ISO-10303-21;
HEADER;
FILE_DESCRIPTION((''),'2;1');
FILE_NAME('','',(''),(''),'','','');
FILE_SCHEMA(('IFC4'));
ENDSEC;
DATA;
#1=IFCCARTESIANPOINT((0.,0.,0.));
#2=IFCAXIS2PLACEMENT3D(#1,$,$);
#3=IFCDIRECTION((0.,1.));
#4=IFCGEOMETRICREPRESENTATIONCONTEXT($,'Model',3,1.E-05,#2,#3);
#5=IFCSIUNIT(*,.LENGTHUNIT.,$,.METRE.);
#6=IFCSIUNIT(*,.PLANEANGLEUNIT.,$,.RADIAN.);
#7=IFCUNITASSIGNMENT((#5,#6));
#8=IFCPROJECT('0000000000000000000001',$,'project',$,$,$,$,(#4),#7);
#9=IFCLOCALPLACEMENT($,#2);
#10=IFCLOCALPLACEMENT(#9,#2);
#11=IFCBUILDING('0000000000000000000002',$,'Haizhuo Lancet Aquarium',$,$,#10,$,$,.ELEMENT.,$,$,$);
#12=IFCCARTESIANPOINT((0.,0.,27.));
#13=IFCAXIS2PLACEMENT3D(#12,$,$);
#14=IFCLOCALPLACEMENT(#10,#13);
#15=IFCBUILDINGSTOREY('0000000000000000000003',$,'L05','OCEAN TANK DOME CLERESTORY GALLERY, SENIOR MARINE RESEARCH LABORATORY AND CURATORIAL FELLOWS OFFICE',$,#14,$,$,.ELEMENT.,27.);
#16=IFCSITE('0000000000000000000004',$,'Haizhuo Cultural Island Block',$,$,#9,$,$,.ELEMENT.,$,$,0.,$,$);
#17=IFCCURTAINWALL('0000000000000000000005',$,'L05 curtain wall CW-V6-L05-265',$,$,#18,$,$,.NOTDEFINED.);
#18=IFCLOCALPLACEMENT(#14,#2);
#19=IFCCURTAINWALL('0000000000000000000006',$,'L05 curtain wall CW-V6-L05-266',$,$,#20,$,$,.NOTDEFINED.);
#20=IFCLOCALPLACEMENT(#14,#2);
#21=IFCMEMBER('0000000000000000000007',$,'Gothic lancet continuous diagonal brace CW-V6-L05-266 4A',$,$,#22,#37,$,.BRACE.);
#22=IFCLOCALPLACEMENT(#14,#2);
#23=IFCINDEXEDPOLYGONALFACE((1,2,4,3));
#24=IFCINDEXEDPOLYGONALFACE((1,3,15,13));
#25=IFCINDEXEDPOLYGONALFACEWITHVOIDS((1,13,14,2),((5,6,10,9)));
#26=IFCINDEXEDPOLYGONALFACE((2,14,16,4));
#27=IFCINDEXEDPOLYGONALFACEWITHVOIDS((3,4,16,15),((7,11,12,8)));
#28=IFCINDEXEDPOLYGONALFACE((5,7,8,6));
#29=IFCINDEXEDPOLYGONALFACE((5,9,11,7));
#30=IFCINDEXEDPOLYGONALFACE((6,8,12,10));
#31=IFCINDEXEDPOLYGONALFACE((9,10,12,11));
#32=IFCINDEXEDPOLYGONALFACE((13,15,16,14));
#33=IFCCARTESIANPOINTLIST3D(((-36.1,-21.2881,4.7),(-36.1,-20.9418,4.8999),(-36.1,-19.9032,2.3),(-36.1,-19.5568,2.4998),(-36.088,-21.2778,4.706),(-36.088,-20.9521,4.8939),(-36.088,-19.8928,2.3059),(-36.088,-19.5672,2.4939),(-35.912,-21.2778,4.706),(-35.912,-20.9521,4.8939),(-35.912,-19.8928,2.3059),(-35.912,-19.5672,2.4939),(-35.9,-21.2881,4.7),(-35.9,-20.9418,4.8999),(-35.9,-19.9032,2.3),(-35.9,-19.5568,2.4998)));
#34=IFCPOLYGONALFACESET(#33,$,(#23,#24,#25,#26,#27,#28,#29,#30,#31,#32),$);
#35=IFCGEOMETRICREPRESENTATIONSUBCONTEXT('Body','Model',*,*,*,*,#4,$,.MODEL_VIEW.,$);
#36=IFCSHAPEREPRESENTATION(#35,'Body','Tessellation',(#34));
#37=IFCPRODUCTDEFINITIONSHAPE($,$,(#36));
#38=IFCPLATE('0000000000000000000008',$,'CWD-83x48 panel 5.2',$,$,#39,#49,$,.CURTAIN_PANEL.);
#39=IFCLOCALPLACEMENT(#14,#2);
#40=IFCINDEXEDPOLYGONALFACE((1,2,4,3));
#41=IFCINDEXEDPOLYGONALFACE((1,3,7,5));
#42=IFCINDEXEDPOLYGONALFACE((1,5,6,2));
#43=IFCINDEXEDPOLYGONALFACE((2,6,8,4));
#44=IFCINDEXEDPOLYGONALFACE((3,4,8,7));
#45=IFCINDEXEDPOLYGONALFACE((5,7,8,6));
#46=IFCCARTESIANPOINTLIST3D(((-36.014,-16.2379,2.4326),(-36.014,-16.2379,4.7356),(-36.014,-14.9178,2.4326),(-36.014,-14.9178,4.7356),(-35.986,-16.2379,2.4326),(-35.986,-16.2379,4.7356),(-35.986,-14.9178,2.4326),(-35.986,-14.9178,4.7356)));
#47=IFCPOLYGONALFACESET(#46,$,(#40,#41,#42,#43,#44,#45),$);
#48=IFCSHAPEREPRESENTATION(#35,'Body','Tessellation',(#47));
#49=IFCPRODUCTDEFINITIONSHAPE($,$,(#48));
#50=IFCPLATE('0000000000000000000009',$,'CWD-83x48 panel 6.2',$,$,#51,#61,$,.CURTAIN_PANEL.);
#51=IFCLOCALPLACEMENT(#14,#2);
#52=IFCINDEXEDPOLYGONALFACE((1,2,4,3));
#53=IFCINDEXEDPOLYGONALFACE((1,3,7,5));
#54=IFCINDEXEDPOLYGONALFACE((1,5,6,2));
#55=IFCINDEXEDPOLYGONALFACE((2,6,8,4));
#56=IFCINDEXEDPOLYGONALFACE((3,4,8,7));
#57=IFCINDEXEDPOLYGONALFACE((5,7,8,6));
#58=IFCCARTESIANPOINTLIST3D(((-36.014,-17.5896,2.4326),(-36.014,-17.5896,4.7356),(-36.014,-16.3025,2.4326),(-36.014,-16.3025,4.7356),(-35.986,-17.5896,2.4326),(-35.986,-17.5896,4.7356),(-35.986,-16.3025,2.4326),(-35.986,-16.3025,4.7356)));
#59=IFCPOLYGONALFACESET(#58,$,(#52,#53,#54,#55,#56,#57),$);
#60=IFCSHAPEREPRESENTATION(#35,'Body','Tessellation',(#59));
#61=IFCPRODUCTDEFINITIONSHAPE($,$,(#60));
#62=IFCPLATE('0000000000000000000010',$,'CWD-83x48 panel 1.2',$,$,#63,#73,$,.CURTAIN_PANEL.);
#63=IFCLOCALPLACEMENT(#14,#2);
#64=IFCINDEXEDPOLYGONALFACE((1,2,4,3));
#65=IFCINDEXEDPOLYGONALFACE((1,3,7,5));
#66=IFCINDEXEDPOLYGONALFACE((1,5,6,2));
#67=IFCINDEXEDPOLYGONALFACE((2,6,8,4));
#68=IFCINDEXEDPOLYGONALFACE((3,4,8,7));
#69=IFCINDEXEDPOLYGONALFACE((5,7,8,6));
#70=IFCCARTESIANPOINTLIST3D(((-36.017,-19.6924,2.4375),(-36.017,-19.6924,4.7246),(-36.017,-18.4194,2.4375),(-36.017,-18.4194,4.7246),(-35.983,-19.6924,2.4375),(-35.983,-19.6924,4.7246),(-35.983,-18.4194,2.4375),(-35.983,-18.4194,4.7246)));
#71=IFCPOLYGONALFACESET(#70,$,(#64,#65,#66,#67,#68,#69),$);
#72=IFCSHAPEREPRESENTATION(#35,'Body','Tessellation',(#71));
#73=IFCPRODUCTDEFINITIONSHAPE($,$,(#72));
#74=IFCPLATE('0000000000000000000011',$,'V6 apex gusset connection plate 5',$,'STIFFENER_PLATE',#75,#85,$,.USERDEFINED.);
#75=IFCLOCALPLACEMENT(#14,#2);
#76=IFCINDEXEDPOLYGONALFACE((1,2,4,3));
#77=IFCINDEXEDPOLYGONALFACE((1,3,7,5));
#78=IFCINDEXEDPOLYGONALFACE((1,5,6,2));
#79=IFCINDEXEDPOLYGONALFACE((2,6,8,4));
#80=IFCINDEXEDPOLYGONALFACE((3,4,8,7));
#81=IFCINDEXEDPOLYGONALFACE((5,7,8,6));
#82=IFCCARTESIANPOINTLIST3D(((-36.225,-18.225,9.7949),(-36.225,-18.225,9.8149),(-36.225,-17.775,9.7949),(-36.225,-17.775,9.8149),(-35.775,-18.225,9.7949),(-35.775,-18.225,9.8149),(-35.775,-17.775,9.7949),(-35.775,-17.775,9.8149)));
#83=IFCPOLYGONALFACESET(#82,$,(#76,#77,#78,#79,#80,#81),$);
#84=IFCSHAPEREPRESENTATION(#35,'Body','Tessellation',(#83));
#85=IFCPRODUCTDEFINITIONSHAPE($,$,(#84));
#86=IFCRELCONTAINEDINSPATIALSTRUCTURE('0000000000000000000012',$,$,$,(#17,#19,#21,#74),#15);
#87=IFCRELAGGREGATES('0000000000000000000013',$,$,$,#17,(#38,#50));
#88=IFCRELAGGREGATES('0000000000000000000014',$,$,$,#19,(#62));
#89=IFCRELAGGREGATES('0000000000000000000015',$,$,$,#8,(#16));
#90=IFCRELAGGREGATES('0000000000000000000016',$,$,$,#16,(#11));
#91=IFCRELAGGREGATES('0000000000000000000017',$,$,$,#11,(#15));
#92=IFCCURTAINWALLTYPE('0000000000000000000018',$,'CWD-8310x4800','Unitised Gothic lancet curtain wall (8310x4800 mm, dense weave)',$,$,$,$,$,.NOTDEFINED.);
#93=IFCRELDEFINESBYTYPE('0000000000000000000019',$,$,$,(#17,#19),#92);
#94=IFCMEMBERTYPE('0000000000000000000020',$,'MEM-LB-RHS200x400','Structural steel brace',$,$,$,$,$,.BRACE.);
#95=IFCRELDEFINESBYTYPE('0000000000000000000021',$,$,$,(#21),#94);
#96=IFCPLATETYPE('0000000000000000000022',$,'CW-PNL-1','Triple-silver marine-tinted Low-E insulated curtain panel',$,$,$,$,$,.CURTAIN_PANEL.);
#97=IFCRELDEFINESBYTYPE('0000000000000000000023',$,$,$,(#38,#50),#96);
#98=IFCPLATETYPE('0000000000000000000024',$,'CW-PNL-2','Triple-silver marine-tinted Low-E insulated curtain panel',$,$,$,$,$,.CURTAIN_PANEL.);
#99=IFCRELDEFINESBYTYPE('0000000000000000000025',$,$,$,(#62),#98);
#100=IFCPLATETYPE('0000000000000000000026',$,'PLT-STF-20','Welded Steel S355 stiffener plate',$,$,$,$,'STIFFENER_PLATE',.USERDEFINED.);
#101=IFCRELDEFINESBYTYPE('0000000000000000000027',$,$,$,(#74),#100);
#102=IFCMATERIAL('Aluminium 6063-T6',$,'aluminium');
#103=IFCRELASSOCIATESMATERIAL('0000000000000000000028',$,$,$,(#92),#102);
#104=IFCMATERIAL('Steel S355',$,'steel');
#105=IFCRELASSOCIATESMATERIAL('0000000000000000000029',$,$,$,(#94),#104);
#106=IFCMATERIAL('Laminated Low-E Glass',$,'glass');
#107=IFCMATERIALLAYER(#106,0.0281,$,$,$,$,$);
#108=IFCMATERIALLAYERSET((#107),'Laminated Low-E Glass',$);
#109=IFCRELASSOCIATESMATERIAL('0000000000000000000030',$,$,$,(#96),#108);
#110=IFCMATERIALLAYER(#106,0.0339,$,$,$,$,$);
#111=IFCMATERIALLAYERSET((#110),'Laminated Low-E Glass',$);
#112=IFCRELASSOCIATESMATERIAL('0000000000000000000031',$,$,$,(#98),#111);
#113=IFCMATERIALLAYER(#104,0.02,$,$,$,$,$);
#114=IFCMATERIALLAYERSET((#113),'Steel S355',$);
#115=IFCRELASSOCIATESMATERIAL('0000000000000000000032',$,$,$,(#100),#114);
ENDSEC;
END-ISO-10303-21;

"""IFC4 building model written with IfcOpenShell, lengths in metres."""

from ifc_helpers import new_model, si_unit, direction, frame, origin, origin_2d, place, context, subcontext, project, spatial, rectangle, hollow_rectangle, extrude, material, layer, layer_set, material_profile, profile_set, type_object, element, aggregate, save


model = new_model("IFC4")

# Units and contexts
model_context = context("Model", 3, precision=1e-05, world=origin(), true_north=direction((0.0, 1.0)))
body_context = subcontext(model_context, "Body", "Model", "MODEL_VIEW")
ifc_project = project(units=[si_unit("LENGTHUNIT", "METRE"), si_unit("PLANEANGLEUNIT", "RADIAN")], contexts=[model_context])

# Site, building, storey
site_placement = place(None, origin())
site = spatial("IfcSite", under=ifc_project, at=site_placement, Name="Haizhuo Cultural Island Block", CompositionType="ELEMENT", RefElevation=0.0)
building_placement = place(site_placement, origin())
building = spatial("IfcBuilding", under=site, at=building_placement, Name="Haizhuo Lancet Aquarium", CompositionType="ELEMENT")
storey_placement = place(building_placement, frame((0.0, 0.0, 27.0)))
storey = spatial("IfcBuildingStorey", under=building, at=storey_placement, Name="L05", Description="OCEAN TANK DOME CLERESTORY GALLERY, SENIOR MARINE RESEARCH LABORATORY AND CURATORIAL FELLOWS OFFICE", CompositionType="ELEMENT", Elevation=27.0)

# Shared definitions
ifc_material_1 = material(Name="Steel S355", Category="steel")

# Curtain walls
ifc_material_2 = material(Name="Aluminium 6063-T6", Category="aluminium")
curtain_wall_type = type_object("IfcCurtainWallType", Name="CWD-8310x4800", Description="Unitised Gothic lancet curtain wall (8310x4800 mm, dense weave)", PredefinedType="NOTDEFINED", material=ifc_material_2)
curtain_wall_1_placement = place(storey_placement, origin())
curtain_wall_1 = element("IfcCurtainWall", 1, at=curtain_wall_1_placement, inside=storey, type_object=curtain_wall_type, Name="L05 curtain wall CW-V6-L05-265", PredefinedType="NOTDEFINED")
curtain_wall_2_placement = place(storey_placement, origin())
curtain_wall_2 = element("IfcCurtainWall", 2, at=curtain_wall_2_placement, inside=storey, type_object=curtain_wall_type, Name="L05 curtain wall CW-V6-L05-266", PredefinedType="NOTDEFINED")

# Member
ifc_material_profile_1 = material_profile(ifc_material_1, hollow_rectangle(XDim=0.2, YDim=0.3999, WallThickness=0.012, at=origin_2d()), Name="RHS 200x400x12")
ifc_profile_set_1 = profile_set([ifc_material_profile_1], Name="Steel S355")
member_type_1 = type_object("IfcMemberType", Name="MEM-LB-RHS200x400", Description="Structural steel brace", PredefinedType="BRACE", material=ifc_profile_set_1)
member_1_placement = place(storey_placement, frame((-36.0, -19.73, 2.3999), z_axis=(0.0, -0.499806, 0.866137), x_axis=(1.0, 0.0, 0.0)))
element("IfcMember", 3, at=member_1_placement, inside=storey, type_object=member_type_1, Name="Gothic lancet continuous diagonal brace CW-V6-L05-266 4A", PredefinedType="BRACE", context=body_context, shape_type="SweptSolid", body=[
    extrude(hollow_rectangle(XDim=0.2, YDim=0.3999, WallThickness=0.012, at=origin_2d()), origin(), (0.0, 0.0, 1.0), 2.771),
])

# Plates
ifc_material_3 = material(Name="Laminated Low-E Glass", Category="glass")
ifc_layer_1 = layer(ifc_material_3, 0.0281)
ifc_layer_set_1 = layer_set([ifc_layer_1], Name="Laminated Low-E Glass")
plate_type_1 = type_object("IfcPlateType", Name="CW-PNL-1", Description="Triple-silver marine-tinted Low-E insulated curtain panel", PredefinedType="CURTAIN_PANEL", material=ifc_layer_set_1)
plate_1_placement = place(storey_placement, frame((-36.0, -15.5779, 2.4326), z_axis=(0.0, 0.0, 1.0), x_axis=(0.0, -1.0, 0.0)))
plate_1 = element("IfcPlate", 4, at=plate_1_placement, type_object=plate_type_1, Name="CWD-83x48 panel 5.2", PredefinedType="CURTAIN_PANEL", context=body_context, shape_type="SweptSolid", body=[
    extrude(rectangle(XDim=1.3201, YDim=0.0281, at=origin_2d()), origin(), (0.0, 0.0, 1.0), 2.303),
])
plate_2_placement = place(storey_placement, frame((-36.0, -16.946, 2.4326), z_axis=(0.0, 0.0, 1.0), x_axis=(0.0, -1.0, 0.0)))
plate_2 = element("IfcPlate", 5, at=plate_2_placement, type_object=plate_type_1, Name="CWD-83x48 panel 6.2", PredefinedType="CURTAIN_PANEL", context=body_context, shape_type="SweptSolid", body=[
    extrude(rectangle(XDim=1.2871, YDim=0.0281, at=origin_2d()), origin(), (0.0, 0.0, 1.0), 2.303),
])
aggregate(curtain_wall_1, [plate_1, plate_2])
ifc_layer_2 = layer(ifc_material_3, 0.0339)
ifc_layer_set_2 = layer_set([ifc_layer_2], Name="Laminated Low-E Glass")
plate_type_2 = type_object("IfcPlateType", Name="CW-PNL-2", Description="Triple-silver marine-tinted Low-E insulated curtain panel", PredefinedType="CURTAIN_PANEL", material=ifc_layer_set_2)
plate_3_placement = place(storey_placement, frame((-36.0, -19.0559, 2.4375), z_axis=(0.0, 0.0, 1.0), x_axis=(0.0, -1.0, 0.0)))
plate_3 = element("IfcPlate", 6, at=plate_3_placement, type_object=plate_type_2, Name="CWD-83x48 panel 1.2", PredefinedType="CURTAIN_PANEL", context=body_context, shape_type="SweptSolid", body=[
    extrude(rectangle(XDim=1.2729, YDim=0.0339, at=origin_2d()), origin(), (0.0, 0.0, 1.0), 2.2871),
])
aggregate(curtain_wall_2, [plate_3])
ifc_layer_3 = layer(ifc_material_1, 0.02)
ifc_layer_set_3 = layer_set([ifc_layer_3], Name="Steel S355")
plate_type_3 = type_object("IfcPlateType", Name="PLT-STF-20", Description="Welded Steel S355 stiffener plate", ElementType="STIFFENER_PLATE", PredefinedType="USERDEFINED", material=ifc_layer_set_3)
plate_4_placement = place(storey_placement, frame((-36.0, -18.0, 9.7949), z_axis=(0.0, 0.0, 1.0), x_axis=(1.0, 0.0, 0.0)))
element("IfcPlate", 7, at=plate_4_placement, inside=storey, type_object=plate_type_3, Name="V6 apex gusset connection plate 5", ObjectType="STIFFENER_PLATE", PredefinedType="USERDEFINED", context=body_context, shape_type="SweptSolid", body=[
    extrude(rectangle(XDim=0.45, YDim=0.45, at=origin_2d()), origin(), (0.0, 0.0, 1.0), 0.02),
])

save(model, "model.ifc")
